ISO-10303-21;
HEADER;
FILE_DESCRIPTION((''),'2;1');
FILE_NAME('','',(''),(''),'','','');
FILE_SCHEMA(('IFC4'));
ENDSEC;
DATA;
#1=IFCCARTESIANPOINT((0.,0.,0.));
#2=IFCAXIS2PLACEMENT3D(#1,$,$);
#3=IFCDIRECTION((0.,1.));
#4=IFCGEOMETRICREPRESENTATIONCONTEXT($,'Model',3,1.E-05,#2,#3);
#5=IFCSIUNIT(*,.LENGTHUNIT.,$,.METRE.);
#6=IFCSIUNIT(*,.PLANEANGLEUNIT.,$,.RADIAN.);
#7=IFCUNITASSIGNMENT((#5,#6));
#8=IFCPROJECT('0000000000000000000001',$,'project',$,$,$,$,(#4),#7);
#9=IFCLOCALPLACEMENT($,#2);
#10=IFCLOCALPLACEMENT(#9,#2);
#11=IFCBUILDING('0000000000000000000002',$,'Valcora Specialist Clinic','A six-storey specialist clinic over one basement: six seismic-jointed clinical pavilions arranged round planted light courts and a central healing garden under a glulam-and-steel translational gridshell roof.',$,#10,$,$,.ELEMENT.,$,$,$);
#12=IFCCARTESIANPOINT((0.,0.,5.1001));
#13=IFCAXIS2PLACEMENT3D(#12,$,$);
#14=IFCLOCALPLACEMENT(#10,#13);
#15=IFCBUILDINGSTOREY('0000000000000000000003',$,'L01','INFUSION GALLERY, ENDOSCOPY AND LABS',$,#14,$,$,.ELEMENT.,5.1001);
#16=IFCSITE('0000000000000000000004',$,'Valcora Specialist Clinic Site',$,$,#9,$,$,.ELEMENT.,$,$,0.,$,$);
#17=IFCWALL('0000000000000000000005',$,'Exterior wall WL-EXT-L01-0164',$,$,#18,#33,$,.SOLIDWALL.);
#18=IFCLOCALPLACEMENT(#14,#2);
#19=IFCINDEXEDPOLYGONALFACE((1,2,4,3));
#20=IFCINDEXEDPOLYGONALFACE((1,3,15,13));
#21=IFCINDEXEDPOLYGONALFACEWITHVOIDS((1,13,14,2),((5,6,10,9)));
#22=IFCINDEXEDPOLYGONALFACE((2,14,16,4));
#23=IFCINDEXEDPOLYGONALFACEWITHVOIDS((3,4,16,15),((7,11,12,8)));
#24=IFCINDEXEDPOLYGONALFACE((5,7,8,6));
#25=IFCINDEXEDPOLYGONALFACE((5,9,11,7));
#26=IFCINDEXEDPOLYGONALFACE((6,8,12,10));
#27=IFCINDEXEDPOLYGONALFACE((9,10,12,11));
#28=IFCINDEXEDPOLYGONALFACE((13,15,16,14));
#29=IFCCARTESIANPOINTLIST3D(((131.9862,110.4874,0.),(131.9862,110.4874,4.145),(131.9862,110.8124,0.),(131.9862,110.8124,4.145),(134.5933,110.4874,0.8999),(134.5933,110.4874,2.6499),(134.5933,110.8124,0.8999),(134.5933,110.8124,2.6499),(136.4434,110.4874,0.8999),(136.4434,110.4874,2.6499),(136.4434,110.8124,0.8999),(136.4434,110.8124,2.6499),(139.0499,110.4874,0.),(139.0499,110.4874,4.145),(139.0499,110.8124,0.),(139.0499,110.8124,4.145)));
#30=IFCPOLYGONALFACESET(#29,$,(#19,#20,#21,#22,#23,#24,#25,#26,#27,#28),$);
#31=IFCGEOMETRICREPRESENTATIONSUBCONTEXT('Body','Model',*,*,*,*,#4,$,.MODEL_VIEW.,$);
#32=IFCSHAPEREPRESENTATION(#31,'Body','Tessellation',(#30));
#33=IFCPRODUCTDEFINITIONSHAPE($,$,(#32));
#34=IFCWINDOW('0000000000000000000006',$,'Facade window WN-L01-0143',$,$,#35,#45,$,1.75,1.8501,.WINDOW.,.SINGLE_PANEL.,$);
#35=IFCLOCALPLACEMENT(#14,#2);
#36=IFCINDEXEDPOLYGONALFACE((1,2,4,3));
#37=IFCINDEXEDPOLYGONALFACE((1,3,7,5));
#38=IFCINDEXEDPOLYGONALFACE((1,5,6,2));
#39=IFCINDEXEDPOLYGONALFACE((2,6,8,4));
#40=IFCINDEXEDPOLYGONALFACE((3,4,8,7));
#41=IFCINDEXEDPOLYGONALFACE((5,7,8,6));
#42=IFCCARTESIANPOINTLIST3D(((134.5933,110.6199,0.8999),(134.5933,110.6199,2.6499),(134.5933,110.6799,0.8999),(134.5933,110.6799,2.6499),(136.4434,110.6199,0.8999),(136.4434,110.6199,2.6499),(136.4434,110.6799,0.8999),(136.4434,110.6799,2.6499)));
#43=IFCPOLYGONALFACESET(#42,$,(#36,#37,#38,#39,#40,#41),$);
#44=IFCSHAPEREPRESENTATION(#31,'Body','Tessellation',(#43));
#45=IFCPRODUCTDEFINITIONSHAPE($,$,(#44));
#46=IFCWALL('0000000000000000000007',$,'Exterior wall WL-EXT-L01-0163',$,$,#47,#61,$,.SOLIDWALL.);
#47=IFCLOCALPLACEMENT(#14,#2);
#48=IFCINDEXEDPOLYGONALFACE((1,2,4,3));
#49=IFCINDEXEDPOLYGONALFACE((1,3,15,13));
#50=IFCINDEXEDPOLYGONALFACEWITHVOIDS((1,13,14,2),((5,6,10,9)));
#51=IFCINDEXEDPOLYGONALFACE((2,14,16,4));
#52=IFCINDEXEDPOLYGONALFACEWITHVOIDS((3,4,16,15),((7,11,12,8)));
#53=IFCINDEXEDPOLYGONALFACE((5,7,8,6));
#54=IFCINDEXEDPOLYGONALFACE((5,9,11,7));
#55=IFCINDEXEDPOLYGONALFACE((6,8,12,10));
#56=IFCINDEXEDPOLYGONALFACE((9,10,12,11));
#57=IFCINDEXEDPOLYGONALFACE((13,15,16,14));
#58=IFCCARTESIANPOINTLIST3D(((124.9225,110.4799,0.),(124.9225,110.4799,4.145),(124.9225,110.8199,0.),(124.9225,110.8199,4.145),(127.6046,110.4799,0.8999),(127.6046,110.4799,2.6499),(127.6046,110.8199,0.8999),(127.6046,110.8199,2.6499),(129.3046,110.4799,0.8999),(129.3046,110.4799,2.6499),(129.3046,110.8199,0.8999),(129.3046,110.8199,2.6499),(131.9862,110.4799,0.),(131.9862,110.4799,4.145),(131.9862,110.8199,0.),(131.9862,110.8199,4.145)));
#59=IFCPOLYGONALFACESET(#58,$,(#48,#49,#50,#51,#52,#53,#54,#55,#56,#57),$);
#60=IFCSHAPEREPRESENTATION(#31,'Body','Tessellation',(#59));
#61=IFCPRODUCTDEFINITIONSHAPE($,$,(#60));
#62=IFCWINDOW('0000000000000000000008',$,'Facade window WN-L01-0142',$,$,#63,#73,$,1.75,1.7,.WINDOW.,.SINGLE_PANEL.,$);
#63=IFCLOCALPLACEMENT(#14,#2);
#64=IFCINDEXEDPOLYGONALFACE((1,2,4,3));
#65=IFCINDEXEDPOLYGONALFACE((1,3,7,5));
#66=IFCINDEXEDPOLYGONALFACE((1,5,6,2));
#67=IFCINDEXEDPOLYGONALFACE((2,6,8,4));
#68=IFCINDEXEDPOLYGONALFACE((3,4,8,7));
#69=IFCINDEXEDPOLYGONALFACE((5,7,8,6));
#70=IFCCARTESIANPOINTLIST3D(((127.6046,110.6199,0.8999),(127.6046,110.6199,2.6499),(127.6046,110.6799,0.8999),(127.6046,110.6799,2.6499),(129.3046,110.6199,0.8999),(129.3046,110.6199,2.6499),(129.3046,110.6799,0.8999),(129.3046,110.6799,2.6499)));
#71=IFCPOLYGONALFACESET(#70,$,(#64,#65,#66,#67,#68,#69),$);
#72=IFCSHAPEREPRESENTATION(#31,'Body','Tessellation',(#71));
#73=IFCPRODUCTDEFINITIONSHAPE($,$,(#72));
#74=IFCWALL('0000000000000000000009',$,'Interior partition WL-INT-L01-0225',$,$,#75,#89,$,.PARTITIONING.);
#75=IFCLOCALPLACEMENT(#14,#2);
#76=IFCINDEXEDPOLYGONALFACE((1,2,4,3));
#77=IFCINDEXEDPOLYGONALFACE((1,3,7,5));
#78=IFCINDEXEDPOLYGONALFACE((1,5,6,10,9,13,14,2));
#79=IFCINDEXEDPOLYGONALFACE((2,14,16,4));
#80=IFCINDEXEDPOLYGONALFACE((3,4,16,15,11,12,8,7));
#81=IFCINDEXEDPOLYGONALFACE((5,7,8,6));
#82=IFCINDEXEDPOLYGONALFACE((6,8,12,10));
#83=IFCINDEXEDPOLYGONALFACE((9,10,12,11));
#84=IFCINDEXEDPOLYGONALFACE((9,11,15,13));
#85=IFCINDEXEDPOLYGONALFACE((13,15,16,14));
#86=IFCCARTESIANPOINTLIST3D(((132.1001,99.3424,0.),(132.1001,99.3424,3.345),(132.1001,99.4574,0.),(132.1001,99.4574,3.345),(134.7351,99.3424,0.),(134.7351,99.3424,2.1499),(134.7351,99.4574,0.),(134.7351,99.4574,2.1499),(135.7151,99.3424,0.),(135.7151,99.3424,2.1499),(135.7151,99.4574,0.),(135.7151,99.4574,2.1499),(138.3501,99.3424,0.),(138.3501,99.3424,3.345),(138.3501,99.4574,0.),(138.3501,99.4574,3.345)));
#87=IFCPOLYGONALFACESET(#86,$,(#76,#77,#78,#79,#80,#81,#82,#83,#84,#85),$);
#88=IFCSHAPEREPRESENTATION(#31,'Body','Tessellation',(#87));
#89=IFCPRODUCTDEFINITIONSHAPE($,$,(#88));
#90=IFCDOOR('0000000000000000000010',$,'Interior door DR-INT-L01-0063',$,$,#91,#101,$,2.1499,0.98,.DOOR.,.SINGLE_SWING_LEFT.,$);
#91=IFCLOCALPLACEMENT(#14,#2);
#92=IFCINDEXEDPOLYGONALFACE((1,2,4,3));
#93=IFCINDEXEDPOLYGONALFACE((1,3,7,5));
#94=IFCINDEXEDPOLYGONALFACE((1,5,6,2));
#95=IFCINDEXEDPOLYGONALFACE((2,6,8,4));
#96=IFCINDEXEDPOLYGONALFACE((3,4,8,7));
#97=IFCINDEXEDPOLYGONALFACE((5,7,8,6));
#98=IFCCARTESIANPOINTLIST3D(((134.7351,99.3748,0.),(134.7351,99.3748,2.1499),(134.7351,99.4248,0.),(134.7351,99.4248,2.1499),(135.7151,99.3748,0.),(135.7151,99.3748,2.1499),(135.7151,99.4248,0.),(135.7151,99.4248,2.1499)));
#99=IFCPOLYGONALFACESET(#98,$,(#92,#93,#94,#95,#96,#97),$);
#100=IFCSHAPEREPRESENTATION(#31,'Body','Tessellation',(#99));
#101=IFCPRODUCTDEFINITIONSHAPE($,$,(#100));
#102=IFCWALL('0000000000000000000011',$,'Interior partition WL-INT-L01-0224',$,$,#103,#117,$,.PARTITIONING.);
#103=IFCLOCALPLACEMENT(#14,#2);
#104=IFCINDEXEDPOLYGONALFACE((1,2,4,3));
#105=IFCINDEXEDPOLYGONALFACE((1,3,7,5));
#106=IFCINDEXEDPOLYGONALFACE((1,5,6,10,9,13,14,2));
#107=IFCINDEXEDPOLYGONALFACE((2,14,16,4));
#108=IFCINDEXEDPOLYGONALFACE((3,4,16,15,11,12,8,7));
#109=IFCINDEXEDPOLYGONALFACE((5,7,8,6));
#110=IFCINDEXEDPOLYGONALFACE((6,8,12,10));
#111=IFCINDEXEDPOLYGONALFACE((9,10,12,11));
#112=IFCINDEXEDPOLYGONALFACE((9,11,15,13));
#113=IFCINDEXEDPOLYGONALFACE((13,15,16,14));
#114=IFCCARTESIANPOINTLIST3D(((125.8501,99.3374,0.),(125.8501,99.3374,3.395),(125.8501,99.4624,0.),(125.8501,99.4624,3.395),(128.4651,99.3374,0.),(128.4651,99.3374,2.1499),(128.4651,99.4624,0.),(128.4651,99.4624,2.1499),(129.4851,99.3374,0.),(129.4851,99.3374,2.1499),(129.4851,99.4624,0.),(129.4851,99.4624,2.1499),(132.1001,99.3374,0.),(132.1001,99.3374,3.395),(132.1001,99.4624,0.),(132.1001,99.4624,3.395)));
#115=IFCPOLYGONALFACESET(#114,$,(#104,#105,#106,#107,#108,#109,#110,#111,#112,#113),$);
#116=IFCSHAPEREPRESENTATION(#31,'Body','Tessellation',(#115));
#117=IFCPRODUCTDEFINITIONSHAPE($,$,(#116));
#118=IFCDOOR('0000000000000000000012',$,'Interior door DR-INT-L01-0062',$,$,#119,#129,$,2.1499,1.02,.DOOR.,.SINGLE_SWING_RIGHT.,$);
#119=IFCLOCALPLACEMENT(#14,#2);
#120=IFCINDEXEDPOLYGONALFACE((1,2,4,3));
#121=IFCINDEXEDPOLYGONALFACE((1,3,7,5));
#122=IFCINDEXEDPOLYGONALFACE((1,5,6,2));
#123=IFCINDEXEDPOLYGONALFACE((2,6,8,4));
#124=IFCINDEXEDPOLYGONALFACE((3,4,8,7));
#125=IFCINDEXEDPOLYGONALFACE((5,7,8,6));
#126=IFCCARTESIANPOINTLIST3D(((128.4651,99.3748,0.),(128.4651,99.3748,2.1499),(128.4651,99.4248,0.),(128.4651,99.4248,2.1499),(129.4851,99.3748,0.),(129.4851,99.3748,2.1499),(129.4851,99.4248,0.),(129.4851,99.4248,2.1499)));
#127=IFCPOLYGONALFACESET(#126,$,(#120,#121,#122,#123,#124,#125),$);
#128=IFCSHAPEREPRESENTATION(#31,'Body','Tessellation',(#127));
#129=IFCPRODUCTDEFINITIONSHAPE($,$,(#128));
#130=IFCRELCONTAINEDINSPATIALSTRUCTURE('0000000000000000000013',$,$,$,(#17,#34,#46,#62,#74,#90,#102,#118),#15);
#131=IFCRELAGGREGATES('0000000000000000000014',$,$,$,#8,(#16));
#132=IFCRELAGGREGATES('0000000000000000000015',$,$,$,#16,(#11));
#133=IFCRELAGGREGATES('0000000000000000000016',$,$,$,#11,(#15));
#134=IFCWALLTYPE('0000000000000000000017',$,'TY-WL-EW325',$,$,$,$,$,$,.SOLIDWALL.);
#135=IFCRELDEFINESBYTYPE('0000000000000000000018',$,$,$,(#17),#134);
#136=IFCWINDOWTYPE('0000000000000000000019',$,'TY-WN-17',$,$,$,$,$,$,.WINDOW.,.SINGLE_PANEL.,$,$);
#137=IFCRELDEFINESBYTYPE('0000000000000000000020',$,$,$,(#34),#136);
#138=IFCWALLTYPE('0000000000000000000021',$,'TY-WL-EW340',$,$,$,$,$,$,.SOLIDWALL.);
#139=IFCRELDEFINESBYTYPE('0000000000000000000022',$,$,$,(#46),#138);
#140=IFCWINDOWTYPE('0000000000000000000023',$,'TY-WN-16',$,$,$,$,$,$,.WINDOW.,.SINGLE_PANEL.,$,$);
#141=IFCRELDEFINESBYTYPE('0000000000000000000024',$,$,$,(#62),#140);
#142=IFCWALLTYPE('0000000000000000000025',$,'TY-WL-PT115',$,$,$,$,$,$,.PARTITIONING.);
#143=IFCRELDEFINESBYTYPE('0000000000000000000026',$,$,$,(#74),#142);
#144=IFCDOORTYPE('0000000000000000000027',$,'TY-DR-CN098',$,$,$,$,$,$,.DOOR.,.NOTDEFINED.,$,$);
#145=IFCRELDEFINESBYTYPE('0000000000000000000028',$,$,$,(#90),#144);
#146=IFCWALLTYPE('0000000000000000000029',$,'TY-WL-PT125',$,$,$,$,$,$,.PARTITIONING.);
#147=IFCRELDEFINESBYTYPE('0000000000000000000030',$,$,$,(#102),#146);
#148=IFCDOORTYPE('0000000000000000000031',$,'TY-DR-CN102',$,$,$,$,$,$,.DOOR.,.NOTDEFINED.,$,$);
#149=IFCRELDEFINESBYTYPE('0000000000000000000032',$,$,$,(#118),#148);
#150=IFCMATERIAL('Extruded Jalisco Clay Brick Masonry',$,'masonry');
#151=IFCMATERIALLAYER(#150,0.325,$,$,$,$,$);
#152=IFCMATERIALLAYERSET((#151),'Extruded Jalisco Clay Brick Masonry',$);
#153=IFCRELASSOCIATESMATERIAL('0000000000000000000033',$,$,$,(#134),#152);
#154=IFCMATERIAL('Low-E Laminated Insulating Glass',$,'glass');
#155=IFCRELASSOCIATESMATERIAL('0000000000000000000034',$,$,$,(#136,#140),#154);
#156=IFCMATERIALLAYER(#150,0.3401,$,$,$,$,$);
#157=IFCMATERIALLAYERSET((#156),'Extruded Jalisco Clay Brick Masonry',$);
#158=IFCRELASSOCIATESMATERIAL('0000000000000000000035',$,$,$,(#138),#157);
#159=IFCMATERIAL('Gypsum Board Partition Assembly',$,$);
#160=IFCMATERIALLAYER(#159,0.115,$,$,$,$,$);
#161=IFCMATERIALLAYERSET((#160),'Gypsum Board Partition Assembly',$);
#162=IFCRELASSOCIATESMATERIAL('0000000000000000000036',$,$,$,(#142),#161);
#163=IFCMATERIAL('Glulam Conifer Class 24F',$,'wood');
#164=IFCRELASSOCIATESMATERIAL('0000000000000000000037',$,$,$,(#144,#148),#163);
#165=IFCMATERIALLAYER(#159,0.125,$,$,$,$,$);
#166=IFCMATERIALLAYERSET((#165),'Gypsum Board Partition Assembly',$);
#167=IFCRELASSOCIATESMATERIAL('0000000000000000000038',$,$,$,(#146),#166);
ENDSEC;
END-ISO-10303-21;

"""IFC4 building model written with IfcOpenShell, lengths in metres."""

from ifc_helpers import new_model, si_unit, direction, frame, frame_2d, origin, place, context, subcontext, project, spatial, rectangle, extrude, material, layer, layer_set, type_object, element, fill, save


model = new_model("IFC4")

# Units and contexts
model_context = context("Model", 3, precision=1e-05, world=origin(), true_north=direction((0.0, 1.0)))
body_context = subcontext(model_context, "Body", "Model", "MODEL_VIEW")
ifc_project = project(units=[si_unit("LENGTHUNIT", "METRE"), si_unit("PLANEANGLEUNIT", "RADIAN")], contexts=[model_context])

# Site, building, storey
site_placement = place(None, origin())
site = spatial("IfcSite", under=ifc_project, at=site_placement, Name="Valcora Specialist Clinic Site", CompositionType="ELEMENT", RefElevation=0.0)
building_placement = place(site_placement, origin())
building = spatial("IfcBuilding", under=site, at=building_placement, Name="Valcora Specialist Clinic", Description="A six-storey specialist clinic over one basement: six seismic-jointed clinical pavilions arranged round planted light courts and a central healing garden under a glulam-and-steel translational gridshell roof.", CompositionType="ELEMENT")
storey_placement = place(building_placement, frame((0.0, 0.0, 5.1001)))
storey = spatial("IfcBuildingStorey", under=building, at=storey_placement, Name="L01", Description="INFUSION GALLERY, ENDOSCOPY AND LABS", CompositionType="ELEMENT", Elevation=5.1001)

# Shared definitions
ifc_material_1 = material(Name="Low-E Laminated Insulating Glass", Category="glass")

# Walls, openings, windows
ifc_material_2 = material(Name="Extruded Jalisco Clay Brick Masonry", Category="masonry")
ifc_layer_1 = layer(ifc_material_2, 0.325)
ifc_layer_set_1 = layer_set([ifc_layer_1], Name="Extruded Jalisco Clay Brick Masonry")
wall_type_1 = type_object("IfcWallType", Name="TY-WL-EW325", PredefinedType="SOLIDWALL", material=ifc_layer_set_1)
wall_1_placement = place(storey_placement, frame((131.9863, 110.6499, 0.0), z_axis=(0.0, 0.0, 1.0), x_axis=(1.0, 0.0, 0.0)))
wall_1 = element("IfcWall", 1, at=wall_1_placement, inside=storey, type_object=wall_type_1, Name="Exterior wall WL-EXT-L01-0164", PredefinedType="SOLIDWALL", context=body_context, shape_type="SweptSolid", body=[
    extrude(rectangle(XDim=7.0637, YDim=0.325, at=frame_2d((3.5317, 0.0))), origin(), (0.0, 0.0, 1.0), 4.145),
])
opening_1_placement = place(wall_1_placement, frame((2.6069, 0.0, 0.8999)))
opening_1 = element("IfcOpeningElement", 2, at=opening_1_placement, cuts=wall_1, PredefinedType="OPENING", context=body_context, shape_type="SweptSolid", body=[
    extrude(rectangle(XDim=1.8501, YDim=1.75, at=frame_2d((0.925, 0.875))), frame((0.0, 0.1724, 0.0), z_axis=(0.0, -1.0, 0.0), x_axis=(1.0, 0.0, 0.0)), (0.0, 0.0, 1.0), 0.345),
])
window_type_1 = type_object("IfcWindowType", Name="TY-WN-17", PartitioningType="SINGLE_PANEL", PredefinedType="WINDOW", material=ifc_material_1)
window_1_placement = place(opening_1_placement, origin())
window_1 = element("IfcWindow", 3, at=window_1_placement, inside=storey, type_object=window_type_1, Name="Facade window WN-L01-0143", OverallHeight=1.75, OverallWidth=1.8501, PartitioningType="SINGLE_PANEL", PredefinedType="WINDOW", context=body_context, shape_type="SweptSolid", body=[
    extrude(rectangle(XDim=1.8501, YDim=1.75, at=frame_2d((0.925, 0.875))), frame((0.0, 0.03, 0.0), z_axis=(0.0, -1.0, 0.0), x_axis=(1.0, 0.0, 0.0)), (0.0, 0.0, 1.0), 0.0601),
])
fill(opening_1, window_1)
ifc_layer_2 = layer(ifc_material_2, 0.3401)
ifc_layer_set_2 = layer_set([ifc_layer_2], Name="Extruded Jalisco Clay Brick Masonry")
wall_type_2 = type_object("IfcWallType", Name="TY-WL-EW340", PredefinedType="SOLIDWALL", material=ifc_layer_set_2)
wall_2_placement = place(storey_placement, frame((124.9226, 110.6499, 0.0), z_axis=(0.0, 0.0, 1.0), x_axis=(1.0, 0.0, 0.0)))
wall_2 = element("IfcWall", 4, at=wall_2_placement, inside=storey, type_object=wall_type_2, Name="Exterior wall WL-EXT-L01-0163", PredefinedType="SOLIDWALL", context=body_context, shape_type="SweptSolid", body=[
    extrude(rectangle(XDim=7.0637, YDim=0.3401, at=frame_2d((3.5317, 0.0))), origin(), (0.0, 0.0, 1.0), 4.145),
])
opening_2_placement = place(wall_2_placement, frame((2.6819, 0.0, 0.8999)))
opening_2 = element("IfcOpeningElement", 5, at=opening_2_placement, cuts=wall_2, PredefinedType="OPENING", context=body_context, shape_type="SweptSolid", body=[
    extrude(rectangle(XDim=1.7, YDim=1.75, at=frame_2d((0.8501, 0.875))), frame((0.0, 0.1799, 0.0), z_axis=(0.0, -1.0, 0.0), x_axis=(1.0, 0.0, 0.0)), (0.0, 0.0, 1.0), 0.3601),
])
window_type_2 = type_object("IfcWindowType", Name="TY-WN-16", PartitioningType="SINGLE_PANEL", PredefinedType="WINDOW", material=ifc_material_1)
window_2_placement = place(opening_2_placement, origin())
window_2 = element("IfcWindow", 6, at=window_2_placement, inside=storey, type_object=window_type_2, Name="Facade window WN-L01-0142", OverallHeight=1.75, OverallWidth=1.7, PartitioningType="SINGLE_PANEL", PredefinedType="WINDOW", context=body_context, shape_type="SweptSolid", body=[
    extrude(rectangle(XDim=1.7, YDim=1.75, at=frame_2d((0.8501, 0.875))), frame((0.0, 0.03, 0.0), z_axis=(0.0, -1.0, 0.0), x_axis=(1.0, 0.0, 0.0)), (0.0, 0.0, 1.0), 0.0601),
])
fill(opening_2, window_2)

# Walls, openings, doors
ifc_material_3 = material(Name="Gypsum Board Partition Assembly")
ifc_layer_3 = layer(ifc_material_3, 0.115)
ifc_layer_set_3 = layer_set([ifc_layer_3], Name="Gypsum Board Partition Assembly")
wall_type_3 = type_object("IfcWallType", Name="TY-WL-PT115", PredefinedType="PARTITIONING", material=ifc_layer_set_3)
wall_3_placement = place(storey_placement, frame((132.1001, 99.3999, 0.0), z_axis=(0.0, 0.0, 1.0), x_axis=(1.0, 0.0, 0.0)))
wall_3 = element("IfcWall", 7, at=wall_3_placement, inside=storey, type_object=wall_type_3, Name="Interior partition WL-INT-L01-0225", PredefinedType="PARTITIONING", context=body_context, shape_type="SweptSolid", body=[
    extrude(rectangle(XDim=6.25, YDim=0.115, at=frame_2d((3.125, 0.0))), origin(), (0.0, 0.0, 1.0), 3.345),
])
opening_3_placement = place(wall_3_placement, frame((2.635, 0.0, 0.0)))
opening_3 = element("IfcOpeningElement", 8, at=opening_3_placement, cuts=wall_3, PredefinedType="OPENING", context=body_context, shape_type="SweptSolid", body=[
    extrude(rectangle(XDim=0.98, YDim=2.1499, at=frame_2d((0.49, 1.075))), frame((0.0, 0.0674, 0.0), z_axis=(0.0, -1.0, 0.0), x_axis=(1.0, 0.0, 0.0)), (0.0, 0.0, 1.0), 0.135),
])
ifc_material_4 = material(Name="Glulam Conifer Class 24F", Category="wood")
door_type_1 = type_object("IfcDoorType", Name="TY-DR-CN098", OperationType="NOTDEFINED", PredefinedType="DOOR", material=ifc_material_4)
door_1_placement = place(opening_3_placement, origin())
door_1 = element("IfcDoor", 9, at=door_1_placement, inside=storey, type_object=door_type_1, Name="Interior door DR-INT-L01-0063", OperationType="SINGLE_SWING_LEFT", OverallHeight=2.1499, OverallWidth=0.98, PredefinedType="DOOR", context=body_context, shape_type="SweptSolid", body=[
    extrude(rectangle(XDim=0.98, YDim=2.1499, at=frame_2d((0.49, 1.075))), frame((0.0, 0.0249, 0.0), z_axis=(0.0, -1.0, 0.0), x_axis=(1.0, 0.0, 0.0)), (0.0, 0.0, 1.0), 0.05),
])
fill(opening_3, door_1)
ifc_layer_4 = layer(ifc_material_3, 0.125)
ifc_layer_set_4 = layer_set([ifc_layer_4], Name="Gypsum Board Partition Assembly")
wall_type_4 = type_object("IfcWallType", Name="TY-WL-PT125", PredefinedType="PARTITIONING", material=ifc_layer_set_4)
wall_4_placement = place(storey_placement, frame((125.8501, 99.3999, 0.0), z_axis=(0.0, 0.0, 1.0), x_axis=(1.0, 0.0, 0.0)))
wall_4 = element("IfcWall", 10, at=wall_4_placement, inside=storey, type_object=wall_type_4, Name="Interior partition WL-INT-L01-0224", PredefinedType="PARTITIONING", context=body_context, shape_type="SweptSolid", body=[
    extrude(rectangle(XDim=6.25, YDim=0.125, at=frame_2d((3.125, 0.0))), origin(), (0.0, 0.0, 1.0), 3.395),
])
opening_4_placement = place(wall_4_placement, frame((2.615, 0.0, 0.0)))
opening_4 = element("IfcOpeningElement", 11, at=opening_4_placement, cuts=wall_4, PredefinedType="OPENING", context=body_context, shape_type="SweptSolid", body=[
    extrude(rectangle(XDim=1.02, YDim=2.1499, at=frame_2d((0.51, 1.075))), frame((0.0, 0.0725, 0.0), z_axis=(0.0, -1.0, 0.0), x_axis=(1.0, 0.0, 0.0)), (0.0, 0.0, 1.0), 0.145),
])
door_type_2 = type_object("IfcDoorType", Name="TY-DR-CN102", OperationType="NOTDEFINED", PredefinedType="DOOR", material=ifc_material_4)
door_2_placement = place(opening_4_placement, origin())
door_2 = element("IfcDoor", 12, at=door_2_placement, inside=storey, type_object=door_type_2, Name="Interior door DR-INT-L01-0062", OperationType="SINGLE_SWING_RIGHT", OverallHeight=2.1499, OverallWidth=1.02, PredefinedType="DOOR", context=body_context, shape_type="SweptSolid", body=[
    extrude(rectangle(XDim=1.02, YDim=2.1499, at=frame_2d((0.51, 1.075))), frame((0.0, 0.0249, 0.0), z_axis=(0.0, -1.0, 0.0), x_axis=(1.0, 0.0, 0.0)), (0.0, 0.0, 1.0), 0.05),
])
fill(opening_4, door_2)

save(model, "model.ifc")
